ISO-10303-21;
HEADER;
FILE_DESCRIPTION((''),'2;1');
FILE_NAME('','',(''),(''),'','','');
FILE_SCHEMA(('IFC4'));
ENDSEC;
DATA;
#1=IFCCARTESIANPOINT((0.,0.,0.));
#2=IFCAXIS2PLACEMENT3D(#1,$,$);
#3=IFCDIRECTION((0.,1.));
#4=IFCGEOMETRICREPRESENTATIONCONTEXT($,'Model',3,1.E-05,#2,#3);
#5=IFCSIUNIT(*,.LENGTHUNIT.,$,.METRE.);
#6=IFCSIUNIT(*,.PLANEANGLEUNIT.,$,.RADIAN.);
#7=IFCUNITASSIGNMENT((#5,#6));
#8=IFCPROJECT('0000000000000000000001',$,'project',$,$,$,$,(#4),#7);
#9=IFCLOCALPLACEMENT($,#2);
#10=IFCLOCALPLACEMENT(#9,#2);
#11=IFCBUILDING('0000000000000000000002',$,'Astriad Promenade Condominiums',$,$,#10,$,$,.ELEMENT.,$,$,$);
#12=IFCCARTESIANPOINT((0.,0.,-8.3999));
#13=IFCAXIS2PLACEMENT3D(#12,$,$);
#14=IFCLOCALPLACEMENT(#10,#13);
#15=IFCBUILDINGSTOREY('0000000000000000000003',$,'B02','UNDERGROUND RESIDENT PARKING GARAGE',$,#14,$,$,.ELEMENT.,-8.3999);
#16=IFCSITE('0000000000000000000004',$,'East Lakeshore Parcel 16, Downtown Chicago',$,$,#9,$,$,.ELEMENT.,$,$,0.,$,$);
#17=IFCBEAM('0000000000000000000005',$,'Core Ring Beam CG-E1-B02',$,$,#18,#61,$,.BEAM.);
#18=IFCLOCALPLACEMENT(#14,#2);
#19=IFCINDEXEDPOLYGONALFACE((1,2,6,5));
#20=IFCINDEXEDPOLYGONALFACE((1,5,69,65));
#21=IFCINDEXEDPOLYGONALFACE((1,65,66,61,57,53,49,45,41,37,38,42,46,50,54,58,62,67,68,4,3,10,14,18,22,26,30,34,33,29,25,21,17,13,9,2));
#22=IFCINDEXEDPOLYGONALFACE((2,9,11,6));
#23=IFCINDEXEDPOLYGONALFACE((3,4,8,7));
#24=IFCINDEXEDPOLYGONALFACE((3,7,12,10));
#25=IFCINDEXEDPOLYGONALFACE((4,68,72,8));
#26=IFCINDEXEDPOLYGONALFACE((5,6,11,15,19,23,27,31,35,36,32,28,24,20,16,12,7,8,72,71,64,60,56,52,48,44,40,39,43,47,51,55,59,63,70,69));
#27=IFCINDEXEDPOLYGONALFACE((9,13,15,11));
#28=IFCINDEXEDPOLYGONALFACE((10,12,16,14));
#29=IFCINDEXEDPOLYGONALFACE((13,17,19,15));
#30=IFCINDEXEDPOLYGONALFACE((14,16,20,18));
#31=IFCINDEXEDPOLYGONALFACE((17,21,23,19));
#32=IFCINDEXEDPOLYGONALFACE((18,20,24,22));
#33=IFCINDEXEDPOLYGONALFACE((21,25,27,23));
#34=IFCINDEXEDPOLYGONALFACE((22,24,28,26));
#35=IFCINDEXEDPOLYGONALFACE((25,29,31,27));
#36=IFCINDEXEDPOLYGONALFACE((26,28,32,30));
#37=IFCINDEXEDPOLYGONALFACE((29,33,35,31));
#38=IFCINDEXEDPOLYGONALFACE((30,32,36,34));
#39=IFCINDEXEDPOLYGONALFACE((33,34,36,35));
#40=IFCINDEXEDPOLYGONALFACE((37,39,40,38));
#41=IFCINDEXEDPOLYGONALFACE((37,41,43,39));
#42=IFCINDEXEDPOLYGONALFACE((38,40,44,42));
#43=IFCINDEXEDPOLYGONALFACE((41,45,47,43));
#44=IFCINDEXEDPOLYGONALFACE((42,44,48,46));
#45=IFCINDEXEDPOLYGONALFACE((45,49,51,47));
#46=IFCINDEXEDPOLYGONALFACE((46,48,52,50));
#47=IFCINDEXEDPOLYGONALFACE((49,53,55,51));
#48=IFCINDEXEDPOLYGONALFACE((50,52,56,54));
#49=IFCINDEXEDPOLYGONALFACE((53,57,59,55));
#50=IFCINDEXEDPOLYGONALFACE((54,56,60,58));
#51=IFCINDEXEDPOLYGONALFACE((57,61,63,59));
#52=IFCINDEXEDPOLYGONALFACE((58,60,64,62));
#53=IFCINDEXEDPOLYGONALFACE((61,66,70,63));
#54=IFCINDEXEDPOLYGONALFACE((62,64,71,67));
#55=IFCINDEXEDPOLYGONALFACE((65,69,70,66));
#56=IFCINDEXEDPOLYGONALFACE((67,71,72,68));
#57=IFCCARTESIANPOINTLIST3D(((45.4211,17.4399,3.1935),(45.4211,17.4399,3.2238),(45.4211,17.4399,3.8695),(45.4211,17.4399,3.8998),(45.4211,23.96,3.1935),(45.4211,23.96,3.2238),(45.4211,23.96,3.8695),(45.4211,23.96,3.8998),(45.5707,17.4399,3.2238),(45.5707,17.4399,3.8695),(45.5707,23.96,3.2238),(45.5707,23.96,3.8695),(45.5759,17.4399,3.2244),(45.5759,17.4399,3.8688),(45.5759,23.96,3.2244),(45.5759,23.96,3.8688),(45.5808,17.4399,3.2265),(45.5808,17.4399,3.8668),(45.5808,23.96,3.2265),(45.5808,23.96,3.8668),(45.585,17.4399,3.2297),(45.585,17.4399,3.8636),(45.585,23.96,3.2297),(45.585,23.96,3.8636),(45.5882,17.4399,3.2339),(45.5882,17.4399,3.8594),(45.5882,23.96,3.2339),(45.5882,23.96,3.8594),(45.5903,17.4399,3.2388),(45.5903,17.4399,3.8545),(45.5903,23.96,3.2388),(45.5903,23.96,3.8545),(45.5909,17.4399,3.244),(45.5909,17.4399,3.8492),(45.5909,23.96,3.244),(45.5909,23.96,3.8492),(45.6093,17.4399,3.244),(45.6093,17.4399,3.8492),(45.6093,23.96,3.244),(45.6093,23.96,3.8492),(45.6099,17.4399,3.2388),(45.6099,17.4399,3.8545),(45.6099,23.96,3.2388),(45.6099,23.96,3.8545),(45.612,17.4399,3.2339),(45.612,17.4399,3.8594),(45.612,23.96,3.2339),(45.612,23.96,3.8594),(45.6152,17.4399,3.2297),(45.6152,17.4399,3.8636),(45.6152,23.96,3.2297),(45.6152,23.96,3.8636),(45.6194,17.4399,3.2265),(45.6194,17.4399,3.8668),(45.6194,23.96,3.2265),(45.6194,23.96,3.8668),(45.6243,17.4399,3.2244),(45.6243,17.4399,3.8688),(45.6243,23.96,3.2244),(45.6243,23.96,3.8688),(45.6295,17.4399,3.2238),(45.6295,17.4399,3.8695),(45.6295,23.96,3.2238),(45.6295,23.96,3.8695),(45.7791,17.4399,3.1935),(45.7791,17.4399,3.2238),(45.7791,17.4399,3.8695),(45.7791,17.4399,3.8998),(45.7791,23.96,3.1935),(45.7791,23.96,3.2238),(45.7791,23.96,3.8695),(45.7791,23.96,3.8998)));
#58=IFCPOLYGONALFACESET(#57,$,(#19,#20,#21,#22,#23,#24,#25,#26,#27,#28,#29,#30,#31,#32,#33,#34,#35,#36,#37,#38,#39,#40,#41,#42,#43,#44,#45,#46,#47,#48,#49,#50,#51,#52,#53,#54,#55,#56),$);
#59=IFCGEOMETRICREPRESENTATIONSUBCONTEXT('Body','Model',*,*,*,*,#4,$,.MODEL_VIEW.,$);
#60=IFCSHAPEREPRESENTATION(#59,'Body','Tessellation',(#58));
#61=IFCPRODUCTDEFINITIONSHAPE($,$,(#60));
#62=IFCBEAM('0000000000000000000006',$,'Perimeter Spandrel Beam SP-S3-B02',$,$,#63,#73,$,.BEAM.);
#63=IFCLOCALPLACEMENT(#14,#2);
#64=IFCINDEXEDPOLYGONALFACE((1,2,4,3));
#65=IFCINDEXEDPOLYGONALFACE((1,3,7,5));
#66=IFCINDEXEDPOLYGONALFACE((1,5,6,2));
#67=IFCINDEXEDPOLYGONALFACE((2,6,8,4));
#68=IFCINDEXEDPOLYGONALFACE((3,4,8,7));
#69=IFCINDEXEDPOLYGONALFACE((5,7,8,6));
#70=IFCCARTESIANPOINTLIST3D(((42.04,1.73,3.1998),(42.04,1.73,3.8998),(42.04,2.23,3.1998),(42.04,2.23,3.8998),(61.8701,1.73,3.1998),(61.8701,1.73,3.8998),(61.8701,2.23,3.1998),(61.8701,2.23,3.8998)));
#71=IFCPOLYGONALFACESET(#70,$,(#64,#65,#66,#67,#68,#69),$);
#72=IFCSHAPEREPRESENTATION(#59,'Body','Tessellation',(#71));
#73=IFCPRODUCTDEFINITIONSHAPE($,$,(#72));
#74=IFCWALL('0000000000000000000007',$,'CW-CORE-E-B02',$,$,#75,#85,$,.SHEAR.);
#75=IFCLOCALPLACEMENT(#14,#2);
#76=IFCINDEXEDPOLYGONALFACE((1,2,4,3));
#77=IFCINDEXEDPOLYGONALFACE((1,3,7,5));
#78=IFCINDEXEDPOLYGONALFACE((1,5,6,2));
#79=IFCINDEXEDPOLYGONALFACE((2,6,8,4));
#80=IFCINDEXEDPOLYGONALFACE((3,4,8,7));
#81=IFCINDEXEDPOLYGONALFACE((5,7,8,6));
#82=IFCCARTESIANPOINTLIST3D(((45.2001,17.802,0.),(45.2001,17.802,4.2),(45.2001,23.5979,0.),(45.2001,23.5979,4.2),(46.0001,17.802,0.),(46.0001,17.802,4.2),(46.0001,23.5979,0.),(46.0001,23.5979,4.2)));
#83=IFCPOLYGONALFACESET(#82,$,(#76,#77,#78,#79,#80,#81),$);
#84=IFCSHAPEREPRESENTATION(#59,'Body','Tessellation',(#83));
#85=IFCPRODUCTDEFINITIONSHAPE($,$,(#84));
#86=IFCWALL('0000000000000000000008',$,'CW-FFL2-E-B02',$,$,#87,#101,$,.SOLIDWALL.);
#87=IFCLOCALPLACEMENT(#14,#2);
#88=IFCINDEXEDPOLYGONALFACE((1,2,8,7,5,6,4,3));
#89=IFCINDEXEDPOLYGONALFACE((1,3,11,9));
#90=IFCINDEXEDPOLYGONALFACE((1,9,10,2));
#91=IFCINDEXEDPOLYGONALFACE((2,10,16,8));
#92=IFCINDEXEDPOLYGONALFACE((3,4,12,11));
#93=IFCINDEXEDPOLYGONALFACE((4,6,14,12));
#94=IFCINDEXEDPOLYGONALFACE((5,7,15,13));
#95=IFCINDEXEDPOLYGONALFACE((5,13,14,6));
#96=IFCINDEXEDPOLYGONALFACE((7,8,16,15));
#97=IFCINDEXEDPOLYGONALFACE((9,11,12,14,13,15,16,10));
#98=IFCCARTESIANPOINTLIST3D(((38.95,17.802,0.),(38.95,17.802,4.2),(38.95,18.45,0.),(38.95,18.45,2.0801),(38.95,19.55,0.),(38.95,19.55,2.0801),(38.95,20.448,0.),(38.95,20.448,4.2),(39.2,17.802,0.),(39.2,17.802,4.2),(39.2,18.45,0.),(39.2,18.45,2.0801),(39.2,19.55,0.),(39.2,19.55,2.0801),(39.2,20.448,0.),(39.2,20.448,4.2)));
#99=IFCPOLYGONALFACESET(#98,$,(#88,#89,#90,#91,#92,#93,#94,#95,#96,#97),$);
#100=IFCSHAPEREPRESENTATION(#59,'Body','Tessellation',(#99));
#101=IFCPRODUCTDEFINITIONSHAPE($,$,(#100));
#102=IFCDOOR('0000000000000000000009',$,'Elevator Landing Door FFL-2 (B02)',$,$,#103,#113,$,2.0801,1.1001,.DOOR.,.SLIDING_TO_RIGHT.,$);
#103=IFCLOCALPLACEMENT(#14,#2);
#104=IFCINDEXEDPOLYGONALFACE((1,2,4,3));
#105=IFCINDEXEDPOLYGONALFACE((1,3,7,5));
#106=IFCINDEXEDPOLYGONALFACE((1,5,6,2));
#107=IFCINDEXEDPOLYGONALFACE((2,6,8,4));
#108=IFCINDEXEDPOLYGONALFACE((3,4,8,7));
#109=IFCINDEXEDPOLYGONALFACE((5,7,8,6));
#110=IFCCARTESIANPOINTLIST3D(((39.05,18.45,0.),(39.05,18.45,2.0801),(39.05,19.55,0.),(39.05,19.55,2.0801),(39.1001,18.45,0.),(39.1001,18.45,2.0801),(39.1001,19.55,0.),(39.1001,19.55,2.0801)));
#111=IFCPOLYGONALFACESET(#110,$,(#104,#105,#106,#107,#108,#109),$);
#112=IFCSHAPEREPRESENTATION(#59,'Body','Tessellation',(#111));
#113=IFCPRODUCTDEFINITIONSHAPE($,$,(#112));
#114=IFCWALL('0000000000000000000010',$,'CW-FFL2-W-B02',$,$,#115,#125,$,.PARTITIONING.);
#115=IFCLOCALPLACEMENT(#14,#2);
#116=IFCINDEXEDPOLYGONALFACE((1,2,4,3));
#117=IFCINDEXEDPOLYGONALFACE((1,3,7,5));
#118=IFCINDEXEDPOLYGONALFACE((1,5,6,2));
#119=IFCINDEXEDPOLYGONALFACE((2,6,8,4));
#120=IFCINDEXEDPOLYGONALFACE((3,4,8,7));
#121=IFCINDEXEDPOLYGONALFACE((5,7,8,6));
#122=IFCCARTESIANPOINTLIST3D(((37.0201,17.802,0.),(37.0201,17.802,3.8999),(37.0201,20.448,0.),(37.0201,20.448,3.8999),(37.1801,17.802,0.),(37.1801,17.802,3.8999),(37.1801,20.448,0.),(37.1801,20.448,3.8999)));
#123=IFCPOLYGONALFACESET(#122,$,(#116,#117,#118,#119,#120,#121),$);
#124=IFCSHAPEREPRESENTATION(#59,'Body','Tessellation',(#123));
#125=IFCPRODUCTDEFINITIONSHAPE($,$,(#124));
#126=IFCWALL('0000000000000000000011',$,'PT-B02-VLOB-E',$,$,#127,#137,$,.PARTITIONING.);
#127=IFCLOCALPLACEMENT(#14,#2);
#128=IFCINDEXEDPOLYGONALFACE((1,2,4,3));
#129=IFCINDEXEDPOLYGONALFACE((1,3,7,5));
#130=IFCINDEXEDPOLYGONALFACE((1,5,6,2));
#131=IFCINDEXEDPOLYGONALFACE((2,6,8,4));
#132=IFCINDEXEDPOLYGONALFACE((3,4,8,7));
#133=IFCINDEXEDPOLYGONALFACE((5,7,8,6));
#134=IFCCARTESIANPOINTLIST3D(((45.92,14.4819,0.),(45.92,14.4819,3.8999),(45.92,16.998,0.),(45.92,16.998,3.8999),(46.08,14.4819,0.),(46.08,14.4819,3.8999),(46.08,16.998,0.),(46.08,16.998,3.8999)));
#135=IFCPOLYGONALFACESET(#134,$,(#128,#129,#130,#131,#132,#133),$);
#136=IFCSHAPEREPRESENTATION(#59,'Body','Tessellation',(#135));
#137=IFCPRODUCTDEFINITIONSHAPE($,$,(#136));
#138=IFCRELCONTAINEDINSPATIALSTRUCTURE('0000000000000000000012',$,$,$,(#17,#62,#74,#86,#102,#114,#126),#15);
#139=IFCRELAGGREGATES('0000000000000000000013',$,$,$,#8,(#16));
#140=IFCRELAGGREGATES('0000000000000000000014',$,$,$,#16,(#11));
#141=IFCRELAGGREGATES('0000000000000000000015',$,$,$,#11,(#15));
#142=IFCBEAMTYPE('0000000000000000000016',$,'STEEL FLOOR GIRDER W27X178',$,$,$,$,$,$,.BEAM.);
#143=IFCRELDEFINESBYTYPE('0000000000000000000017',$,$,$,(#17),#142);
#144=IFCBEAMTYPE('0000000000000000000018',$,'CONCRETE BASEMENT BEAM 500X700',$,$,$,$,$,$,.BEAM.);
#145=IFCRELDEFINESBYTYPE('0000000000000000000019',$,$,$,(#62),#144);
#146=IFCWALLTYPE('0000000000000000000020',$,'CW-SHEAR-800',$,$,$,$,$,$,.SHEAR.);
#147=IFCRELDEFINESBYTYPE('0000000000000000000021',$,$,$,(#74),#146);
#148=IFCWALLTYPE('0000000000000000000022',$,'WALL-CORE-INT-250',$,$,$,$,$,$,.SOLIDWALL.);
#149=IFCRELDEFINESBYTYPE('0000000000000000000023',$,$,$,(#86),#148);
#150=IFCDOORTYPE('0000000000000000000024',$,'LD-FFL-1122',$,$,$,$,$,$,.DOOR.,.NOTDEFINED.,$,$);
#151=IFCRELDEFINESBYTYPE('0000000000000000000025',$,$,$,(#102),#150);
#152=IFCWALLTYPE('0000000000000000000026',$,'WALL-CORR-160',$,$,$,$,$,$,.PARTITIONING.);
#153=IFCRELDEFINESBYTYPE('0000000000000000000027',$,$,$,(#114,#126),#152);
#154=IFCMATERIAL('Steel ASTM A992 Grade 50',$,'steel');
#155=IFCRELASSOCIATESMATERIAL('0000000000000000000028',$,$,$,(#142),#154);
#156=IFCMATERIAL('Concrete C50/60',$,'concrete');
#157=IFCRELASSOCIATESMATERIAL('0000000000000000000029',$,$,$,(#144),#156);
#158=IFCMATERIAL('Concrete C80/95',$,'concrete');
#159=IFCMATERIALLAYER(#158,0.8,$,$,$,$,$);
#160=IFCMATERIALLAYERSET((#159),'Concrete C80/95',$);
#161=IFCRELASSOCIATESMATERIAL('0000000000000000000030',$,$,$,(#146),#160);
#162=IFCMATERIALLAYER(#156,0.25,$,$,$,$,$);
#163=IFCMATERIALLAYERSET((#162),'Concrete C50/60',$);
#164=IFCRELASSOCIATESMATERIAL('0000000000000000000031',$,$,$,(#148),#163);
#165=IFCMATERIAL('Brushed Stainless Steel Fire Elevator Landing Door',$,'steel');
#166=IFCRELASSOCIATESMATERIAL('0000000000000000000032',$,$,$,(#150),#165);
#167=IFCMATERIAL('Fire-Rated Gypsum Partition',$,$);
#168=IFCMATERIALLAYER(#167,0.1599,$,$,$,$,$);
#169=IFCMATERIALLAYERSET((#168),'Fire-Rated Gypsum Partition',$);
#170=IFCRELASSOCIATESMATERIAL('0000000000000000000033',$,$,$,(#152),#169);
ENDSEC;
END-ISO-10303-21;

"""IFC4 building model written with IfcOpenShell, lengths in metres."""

from ifc_helpers import new_model, si_unit, direction, frame, frame_2d, origin, origin_2d, place, context, subcontext, project, spatial, rectangle, i_section, extrude, source, transform, mapped, material, layer, layer_set, material_profile, profile_set, type_object, type_shapes, element, fill, save


model = new_model("IFC4")

# Units and contexts
model_context = context("Model", 3, precision=1e-05, world=origin(), true_north=direction((0.0, 1.0)))
body_context = subcontext(model_context, "Body", "Model", "MODEL_VIEW")
ifc_project = project(units=[si_unit("LENGTHUNIT", "METRE"), si_unit("PLANEANGLEUNIT", "RADIAN")], contexts=[model_context])

# Site, building, storey
site_placement = place(None, origin())
site = spatial("IfcSite", under=ifc_project, at=site_placement, Name="East Lakeshore Parcel 16, Downtown Chicago", CompositionType="ELEMENT", RefElevation=0.0)
building_placement = place(site_placement, origin())
building = spatial("IfcBuilding", under=site, at=building_placement, Name="Astriad Promenade Condominiums", CompositionType="ELEMENT")
storey_placement = place(building_placement, frame((0.0, 0.0, -8.3999)))
storey = spatial("IfcBuildingStorey", under=building, at=storey_placement, Name="B02", Description="UNDERGROUND RESIDENT PARKING GARAGE", CompositionType="ELEMENT", Elevation=-8.3999)

# Shared definitions
ifc_material_1 = material(Name="Concrete C50/60", Category="concrete")

# Shared definitions
ifc_material_2 = material(Name="Steel ASTM A992 Grade 50", Category="steel")
ifc_material_3 = material(Name="Concrete C80/95", Category="concrete")

# Beams
ifc_material_profile_1 = material_profile(ifc_material_2, i_section(OverallWidth=0.3579, OverallDepth=0.7063, WebThickness=0.0183, FlangeThickness=0.0303, FilletRadius=0.0203, at=origin_2d()), Name="W27X178")
ifc_profile_set_1 = profile_set([ifc_material_profile_1], Name="Steel ASTM A992 Grade 50")
beam_type_1 = type_object("IfcBeamType", Name="STEEL FLOOR GIRDER W27X178", PredefinedType="BEAM", material=ifc_profile_set_1)
shared_shape_1 = source(origin(), body_context, "Body", "SweptSolid", [
    extrude(i_section(OverallWidth=0.3579, OverallDepth=0.7063, WebThickness=0.0183, FlangeThickness=0.0303, FilletRadius=0.0203, at=origin_2d()), origin(), (0.0, 0.0, 1.0), 6.52),
])
type_shapes(beam_type_1, [shared_shape_1])
beam_1_placement = place(storey_placement, frame((45.6001, 17.4399, 3.5466), z_axis=(0.0, 1.0, 0.0), x_axis=(-1.0, 0.0, 0.0)))
element("IfcBeam", 1, at=beam_1_placement, inside=storey, type_object=beam_type_1, Name="Core Ring Beam CG-E1-B02", PredefinedType="BEAM", context=body_context, shape_type="MappedRepresentation", body=[
    mapped(shared_shape_1, transform((0.0, 0.0, 0.0), scale=1.0)),
])
ifc_material_profile_2 = material_profile(ifc_material_1, rectangle(XDim=0.5, YDim=0.7, at=origin_2d()), Name="RC-BM-500X700")
ifc_profile_set_2 = profile_set([ifc_material_profile_2], Name="Concrete C50/60")
beam_type_2 = type_object("IfcBeamType", Name="CONCRETE BASEMENT BEAM 500X700", PredefinedType="BEAM", material=ifc_profile_set_2)
shared_shape_2 = source(origin(), body_context, "Body", "SweptSolid", [
    extrude(rectangle(XDim=0.5, YDim=0.7, at=origin_2d()), origin(), (0.0, 0.0, 1.0), 19.8301),
])
type_shapes(beam_type_2, [shared_shape_2])
beam_2_placement = place(storey_placement, frame((42.04, 1.98, 3.5498), z_axis=(1.0, 0.0, 0.0), x_axis=(0.0, 1.0, 0.0)))
element("IfcBeam", 2, at=beam_2_placement, inside=storey, type_object=beam_type_2, Name="Perimeter Spandrel Beam SP-S3-B02", PredefinedType="BEAM", context=body_context, shape_type="MappedRepresentation", body=[
    mapped(shared_shape_2, transform((0.0, 0.0, 0.0), scale=1.0)),
])

# Wall
ifc_layer_1 = layer(ifc_material_3, 0.8)
ifc_layer_set_1 = layer_set([ifc_layer_1], Name="Concrete C80/95")
wall_type_1 = type_object("IfcWallType", Name="CW-SHEAR-800", PredefinedType="SHEAR", material=ifc_layer_set_1)
wall_1_placement = place(storey_placement, frame((45.6001, 17.802, 0.0), z_axis=(0.0, 0.0, 1.0), x_axis=(0.0, 1.0, 0.0)))
element("IfcWall", 3, at=wall_1_placement, inside=storey, type_object=wall_type_1, Name="CW-CORE-E-B02", PredefinedType="SHEAR", context=body_context, shape_type="SweptSolid", body=[
    extrude(rectangle(XDim=5.7959, YDim=0.8, at=frame_2d((2.8979, 0.0))), origin(), (0.0, 0.0, 1.0), 4.2),
])

# Wall, opening, door
ifc_layer_2 = layer(ifc_material_1, 0.25)
ifc_layer_set_2 = layer_set([ifc_layer_2], Name="Concrete C50/60")
wall_type_2 = type_object("IfcWallType", Name="WALL-CORE-INT-250", PredefinedType="SOLIDWALL", material=ifc_layer_set_2)
wall_2_placement = place(storey_placement, frame((39.075, 17.802, 0.0), z_axis=(0.0, 0.0, 1.0), x_axis=(0.0, 1.0, 0.0)))
wall_2 = element("IfcWall", 4, at=wall_2_placement, inside=storey, type_object=wall_type_2, Name="CW-FFL2-E-B02", PredefinedType="SOLIDWALL", context=body_context, shape_type="SweptSolid", body=[
    extrude(rectangle(XDim=2.646, YDim=0.25, at=frame_2d((1.323, 0.0))), origin(), (0.0, 0.0, 1.0), 4.2),
])
opening_1_placement = place(wall_2_placement, frame((0.6479, 0.0, 0.0)))
opening_1 = element("IfcOpeningElement", 5, at=opening_1_placement, cuts=wall_2, PredefinedType="OPENING", context=body_context, shape_type="SweptSolid", body=[
    extrude(rectangle(XDim=1.1001, YDim=2.0801, at=frame_2d((0.55, 1.04))), frame((0.0, 0.135, 0.0), z_axis=(0.0, -1.0, 0.0), x_axis=(1.0, 0.0, 0.0)), (0.0, 0.0, 1.0), 0.27),
])
ifc_material_4 = material(Name="Brushed Stainless Steel Fire Elevator Landing Door", Category="steel")
door_type_1 = type_object("IfcDoorType", Name="LD-FFL-1122", OperationType="NOTDEFINED", PredefinedType="DOOR", material=ifc_material_4)
shared_shape_3 = source(origin(), body_context, "Body", "SweptSolid", [
    extrude(rectangle(XDim=1.1001, YDim=2.0801, at=frame_2d((0.55, 1.04))), frame((0.0, 0.0249, 0.0), z_axis=(0.0, -1.0, 0.0), x_axis=(1.0, 0.0, 0.0)), (0.0, 0.0, 1.0), 0.05),
])
type_shapes(door_type_1, [shared_shape_3])
door_1_placement = place(opening_1_placement, origin())
door_1 = element("IfcDoor", 6, at=door_1_placement, inside=storey, type_object=door_type_1, Name="Elevator Landing Door FFL-2 (B02)", OperationType="SLIDING_TO_RIGHT", OverallHeight=2.0801, OverallWidth=1.1001, PredefinedType="DOOR", context=body_context, shape_type="MappedRepresentation", body=[
    mapped(shared_shape_3, transform((0.0, 0.0, 0.0), scale=1.0)),
])
fill(opening_1, door_1)

# Walls
ifc_material_5 = material(Name="Fire-Rated Gypsum Partition")
ifc_layer_3 = layer(ifc_material_5, 0.1599)
ifc_layer_set_3 = layer_set([ifc_layer_3], Name="Fire-Rated Gypsum Partition")
wall_type_3 = type_object("IfcWallType", Name="WALL-CORR-160", PredefinedType="PARTITIONING", material=ifc_layer_set_3)
wall_3_placement = place(storey_placement, frame((37.1001, 17.802, 0.0), z_axis=(0.0, 0.0, 1.0), x_axis=(0.0, 1.0, 0.0)))
element("IfcWall", 7, at=wall_3_placement, inside=storey, type_object=wall_type_3, Name="CW-FFL2-W-B02", PredefinedType="PARTITIONING", context=body_context, shape_type="SweptSolid", body=[
    extrude(rectangle(XDim=2.646, YDim=0.1599, at=frame_2d((1.323, 0.0))), origin(), (0.0, 0.0, 1.0), 3.8999),
])
wall_4_placement = place(storey_placement, frame((46.0, 14.4819, 0.0), z_axis=(0.0, 0.0, 1.0), x_axis=(0.0, 1.0, 0.0)))
element("IfcWall", 8, at=wall_4_placement, inside=storey, type_object=wall_type_3, Name="PT-B02-VLOB-E", PredefinedType="PARTITIONING", context=body_context, shape_type="SweptSolid", body=[
    extrude(rectangle(XDim=2.5161, YDim=0.1599, at=frame_2d((1.2581, 0.0))), origin(), (0.0, 0.0, 1.0), 3.8999),
])

save(model, "model.ifc")
